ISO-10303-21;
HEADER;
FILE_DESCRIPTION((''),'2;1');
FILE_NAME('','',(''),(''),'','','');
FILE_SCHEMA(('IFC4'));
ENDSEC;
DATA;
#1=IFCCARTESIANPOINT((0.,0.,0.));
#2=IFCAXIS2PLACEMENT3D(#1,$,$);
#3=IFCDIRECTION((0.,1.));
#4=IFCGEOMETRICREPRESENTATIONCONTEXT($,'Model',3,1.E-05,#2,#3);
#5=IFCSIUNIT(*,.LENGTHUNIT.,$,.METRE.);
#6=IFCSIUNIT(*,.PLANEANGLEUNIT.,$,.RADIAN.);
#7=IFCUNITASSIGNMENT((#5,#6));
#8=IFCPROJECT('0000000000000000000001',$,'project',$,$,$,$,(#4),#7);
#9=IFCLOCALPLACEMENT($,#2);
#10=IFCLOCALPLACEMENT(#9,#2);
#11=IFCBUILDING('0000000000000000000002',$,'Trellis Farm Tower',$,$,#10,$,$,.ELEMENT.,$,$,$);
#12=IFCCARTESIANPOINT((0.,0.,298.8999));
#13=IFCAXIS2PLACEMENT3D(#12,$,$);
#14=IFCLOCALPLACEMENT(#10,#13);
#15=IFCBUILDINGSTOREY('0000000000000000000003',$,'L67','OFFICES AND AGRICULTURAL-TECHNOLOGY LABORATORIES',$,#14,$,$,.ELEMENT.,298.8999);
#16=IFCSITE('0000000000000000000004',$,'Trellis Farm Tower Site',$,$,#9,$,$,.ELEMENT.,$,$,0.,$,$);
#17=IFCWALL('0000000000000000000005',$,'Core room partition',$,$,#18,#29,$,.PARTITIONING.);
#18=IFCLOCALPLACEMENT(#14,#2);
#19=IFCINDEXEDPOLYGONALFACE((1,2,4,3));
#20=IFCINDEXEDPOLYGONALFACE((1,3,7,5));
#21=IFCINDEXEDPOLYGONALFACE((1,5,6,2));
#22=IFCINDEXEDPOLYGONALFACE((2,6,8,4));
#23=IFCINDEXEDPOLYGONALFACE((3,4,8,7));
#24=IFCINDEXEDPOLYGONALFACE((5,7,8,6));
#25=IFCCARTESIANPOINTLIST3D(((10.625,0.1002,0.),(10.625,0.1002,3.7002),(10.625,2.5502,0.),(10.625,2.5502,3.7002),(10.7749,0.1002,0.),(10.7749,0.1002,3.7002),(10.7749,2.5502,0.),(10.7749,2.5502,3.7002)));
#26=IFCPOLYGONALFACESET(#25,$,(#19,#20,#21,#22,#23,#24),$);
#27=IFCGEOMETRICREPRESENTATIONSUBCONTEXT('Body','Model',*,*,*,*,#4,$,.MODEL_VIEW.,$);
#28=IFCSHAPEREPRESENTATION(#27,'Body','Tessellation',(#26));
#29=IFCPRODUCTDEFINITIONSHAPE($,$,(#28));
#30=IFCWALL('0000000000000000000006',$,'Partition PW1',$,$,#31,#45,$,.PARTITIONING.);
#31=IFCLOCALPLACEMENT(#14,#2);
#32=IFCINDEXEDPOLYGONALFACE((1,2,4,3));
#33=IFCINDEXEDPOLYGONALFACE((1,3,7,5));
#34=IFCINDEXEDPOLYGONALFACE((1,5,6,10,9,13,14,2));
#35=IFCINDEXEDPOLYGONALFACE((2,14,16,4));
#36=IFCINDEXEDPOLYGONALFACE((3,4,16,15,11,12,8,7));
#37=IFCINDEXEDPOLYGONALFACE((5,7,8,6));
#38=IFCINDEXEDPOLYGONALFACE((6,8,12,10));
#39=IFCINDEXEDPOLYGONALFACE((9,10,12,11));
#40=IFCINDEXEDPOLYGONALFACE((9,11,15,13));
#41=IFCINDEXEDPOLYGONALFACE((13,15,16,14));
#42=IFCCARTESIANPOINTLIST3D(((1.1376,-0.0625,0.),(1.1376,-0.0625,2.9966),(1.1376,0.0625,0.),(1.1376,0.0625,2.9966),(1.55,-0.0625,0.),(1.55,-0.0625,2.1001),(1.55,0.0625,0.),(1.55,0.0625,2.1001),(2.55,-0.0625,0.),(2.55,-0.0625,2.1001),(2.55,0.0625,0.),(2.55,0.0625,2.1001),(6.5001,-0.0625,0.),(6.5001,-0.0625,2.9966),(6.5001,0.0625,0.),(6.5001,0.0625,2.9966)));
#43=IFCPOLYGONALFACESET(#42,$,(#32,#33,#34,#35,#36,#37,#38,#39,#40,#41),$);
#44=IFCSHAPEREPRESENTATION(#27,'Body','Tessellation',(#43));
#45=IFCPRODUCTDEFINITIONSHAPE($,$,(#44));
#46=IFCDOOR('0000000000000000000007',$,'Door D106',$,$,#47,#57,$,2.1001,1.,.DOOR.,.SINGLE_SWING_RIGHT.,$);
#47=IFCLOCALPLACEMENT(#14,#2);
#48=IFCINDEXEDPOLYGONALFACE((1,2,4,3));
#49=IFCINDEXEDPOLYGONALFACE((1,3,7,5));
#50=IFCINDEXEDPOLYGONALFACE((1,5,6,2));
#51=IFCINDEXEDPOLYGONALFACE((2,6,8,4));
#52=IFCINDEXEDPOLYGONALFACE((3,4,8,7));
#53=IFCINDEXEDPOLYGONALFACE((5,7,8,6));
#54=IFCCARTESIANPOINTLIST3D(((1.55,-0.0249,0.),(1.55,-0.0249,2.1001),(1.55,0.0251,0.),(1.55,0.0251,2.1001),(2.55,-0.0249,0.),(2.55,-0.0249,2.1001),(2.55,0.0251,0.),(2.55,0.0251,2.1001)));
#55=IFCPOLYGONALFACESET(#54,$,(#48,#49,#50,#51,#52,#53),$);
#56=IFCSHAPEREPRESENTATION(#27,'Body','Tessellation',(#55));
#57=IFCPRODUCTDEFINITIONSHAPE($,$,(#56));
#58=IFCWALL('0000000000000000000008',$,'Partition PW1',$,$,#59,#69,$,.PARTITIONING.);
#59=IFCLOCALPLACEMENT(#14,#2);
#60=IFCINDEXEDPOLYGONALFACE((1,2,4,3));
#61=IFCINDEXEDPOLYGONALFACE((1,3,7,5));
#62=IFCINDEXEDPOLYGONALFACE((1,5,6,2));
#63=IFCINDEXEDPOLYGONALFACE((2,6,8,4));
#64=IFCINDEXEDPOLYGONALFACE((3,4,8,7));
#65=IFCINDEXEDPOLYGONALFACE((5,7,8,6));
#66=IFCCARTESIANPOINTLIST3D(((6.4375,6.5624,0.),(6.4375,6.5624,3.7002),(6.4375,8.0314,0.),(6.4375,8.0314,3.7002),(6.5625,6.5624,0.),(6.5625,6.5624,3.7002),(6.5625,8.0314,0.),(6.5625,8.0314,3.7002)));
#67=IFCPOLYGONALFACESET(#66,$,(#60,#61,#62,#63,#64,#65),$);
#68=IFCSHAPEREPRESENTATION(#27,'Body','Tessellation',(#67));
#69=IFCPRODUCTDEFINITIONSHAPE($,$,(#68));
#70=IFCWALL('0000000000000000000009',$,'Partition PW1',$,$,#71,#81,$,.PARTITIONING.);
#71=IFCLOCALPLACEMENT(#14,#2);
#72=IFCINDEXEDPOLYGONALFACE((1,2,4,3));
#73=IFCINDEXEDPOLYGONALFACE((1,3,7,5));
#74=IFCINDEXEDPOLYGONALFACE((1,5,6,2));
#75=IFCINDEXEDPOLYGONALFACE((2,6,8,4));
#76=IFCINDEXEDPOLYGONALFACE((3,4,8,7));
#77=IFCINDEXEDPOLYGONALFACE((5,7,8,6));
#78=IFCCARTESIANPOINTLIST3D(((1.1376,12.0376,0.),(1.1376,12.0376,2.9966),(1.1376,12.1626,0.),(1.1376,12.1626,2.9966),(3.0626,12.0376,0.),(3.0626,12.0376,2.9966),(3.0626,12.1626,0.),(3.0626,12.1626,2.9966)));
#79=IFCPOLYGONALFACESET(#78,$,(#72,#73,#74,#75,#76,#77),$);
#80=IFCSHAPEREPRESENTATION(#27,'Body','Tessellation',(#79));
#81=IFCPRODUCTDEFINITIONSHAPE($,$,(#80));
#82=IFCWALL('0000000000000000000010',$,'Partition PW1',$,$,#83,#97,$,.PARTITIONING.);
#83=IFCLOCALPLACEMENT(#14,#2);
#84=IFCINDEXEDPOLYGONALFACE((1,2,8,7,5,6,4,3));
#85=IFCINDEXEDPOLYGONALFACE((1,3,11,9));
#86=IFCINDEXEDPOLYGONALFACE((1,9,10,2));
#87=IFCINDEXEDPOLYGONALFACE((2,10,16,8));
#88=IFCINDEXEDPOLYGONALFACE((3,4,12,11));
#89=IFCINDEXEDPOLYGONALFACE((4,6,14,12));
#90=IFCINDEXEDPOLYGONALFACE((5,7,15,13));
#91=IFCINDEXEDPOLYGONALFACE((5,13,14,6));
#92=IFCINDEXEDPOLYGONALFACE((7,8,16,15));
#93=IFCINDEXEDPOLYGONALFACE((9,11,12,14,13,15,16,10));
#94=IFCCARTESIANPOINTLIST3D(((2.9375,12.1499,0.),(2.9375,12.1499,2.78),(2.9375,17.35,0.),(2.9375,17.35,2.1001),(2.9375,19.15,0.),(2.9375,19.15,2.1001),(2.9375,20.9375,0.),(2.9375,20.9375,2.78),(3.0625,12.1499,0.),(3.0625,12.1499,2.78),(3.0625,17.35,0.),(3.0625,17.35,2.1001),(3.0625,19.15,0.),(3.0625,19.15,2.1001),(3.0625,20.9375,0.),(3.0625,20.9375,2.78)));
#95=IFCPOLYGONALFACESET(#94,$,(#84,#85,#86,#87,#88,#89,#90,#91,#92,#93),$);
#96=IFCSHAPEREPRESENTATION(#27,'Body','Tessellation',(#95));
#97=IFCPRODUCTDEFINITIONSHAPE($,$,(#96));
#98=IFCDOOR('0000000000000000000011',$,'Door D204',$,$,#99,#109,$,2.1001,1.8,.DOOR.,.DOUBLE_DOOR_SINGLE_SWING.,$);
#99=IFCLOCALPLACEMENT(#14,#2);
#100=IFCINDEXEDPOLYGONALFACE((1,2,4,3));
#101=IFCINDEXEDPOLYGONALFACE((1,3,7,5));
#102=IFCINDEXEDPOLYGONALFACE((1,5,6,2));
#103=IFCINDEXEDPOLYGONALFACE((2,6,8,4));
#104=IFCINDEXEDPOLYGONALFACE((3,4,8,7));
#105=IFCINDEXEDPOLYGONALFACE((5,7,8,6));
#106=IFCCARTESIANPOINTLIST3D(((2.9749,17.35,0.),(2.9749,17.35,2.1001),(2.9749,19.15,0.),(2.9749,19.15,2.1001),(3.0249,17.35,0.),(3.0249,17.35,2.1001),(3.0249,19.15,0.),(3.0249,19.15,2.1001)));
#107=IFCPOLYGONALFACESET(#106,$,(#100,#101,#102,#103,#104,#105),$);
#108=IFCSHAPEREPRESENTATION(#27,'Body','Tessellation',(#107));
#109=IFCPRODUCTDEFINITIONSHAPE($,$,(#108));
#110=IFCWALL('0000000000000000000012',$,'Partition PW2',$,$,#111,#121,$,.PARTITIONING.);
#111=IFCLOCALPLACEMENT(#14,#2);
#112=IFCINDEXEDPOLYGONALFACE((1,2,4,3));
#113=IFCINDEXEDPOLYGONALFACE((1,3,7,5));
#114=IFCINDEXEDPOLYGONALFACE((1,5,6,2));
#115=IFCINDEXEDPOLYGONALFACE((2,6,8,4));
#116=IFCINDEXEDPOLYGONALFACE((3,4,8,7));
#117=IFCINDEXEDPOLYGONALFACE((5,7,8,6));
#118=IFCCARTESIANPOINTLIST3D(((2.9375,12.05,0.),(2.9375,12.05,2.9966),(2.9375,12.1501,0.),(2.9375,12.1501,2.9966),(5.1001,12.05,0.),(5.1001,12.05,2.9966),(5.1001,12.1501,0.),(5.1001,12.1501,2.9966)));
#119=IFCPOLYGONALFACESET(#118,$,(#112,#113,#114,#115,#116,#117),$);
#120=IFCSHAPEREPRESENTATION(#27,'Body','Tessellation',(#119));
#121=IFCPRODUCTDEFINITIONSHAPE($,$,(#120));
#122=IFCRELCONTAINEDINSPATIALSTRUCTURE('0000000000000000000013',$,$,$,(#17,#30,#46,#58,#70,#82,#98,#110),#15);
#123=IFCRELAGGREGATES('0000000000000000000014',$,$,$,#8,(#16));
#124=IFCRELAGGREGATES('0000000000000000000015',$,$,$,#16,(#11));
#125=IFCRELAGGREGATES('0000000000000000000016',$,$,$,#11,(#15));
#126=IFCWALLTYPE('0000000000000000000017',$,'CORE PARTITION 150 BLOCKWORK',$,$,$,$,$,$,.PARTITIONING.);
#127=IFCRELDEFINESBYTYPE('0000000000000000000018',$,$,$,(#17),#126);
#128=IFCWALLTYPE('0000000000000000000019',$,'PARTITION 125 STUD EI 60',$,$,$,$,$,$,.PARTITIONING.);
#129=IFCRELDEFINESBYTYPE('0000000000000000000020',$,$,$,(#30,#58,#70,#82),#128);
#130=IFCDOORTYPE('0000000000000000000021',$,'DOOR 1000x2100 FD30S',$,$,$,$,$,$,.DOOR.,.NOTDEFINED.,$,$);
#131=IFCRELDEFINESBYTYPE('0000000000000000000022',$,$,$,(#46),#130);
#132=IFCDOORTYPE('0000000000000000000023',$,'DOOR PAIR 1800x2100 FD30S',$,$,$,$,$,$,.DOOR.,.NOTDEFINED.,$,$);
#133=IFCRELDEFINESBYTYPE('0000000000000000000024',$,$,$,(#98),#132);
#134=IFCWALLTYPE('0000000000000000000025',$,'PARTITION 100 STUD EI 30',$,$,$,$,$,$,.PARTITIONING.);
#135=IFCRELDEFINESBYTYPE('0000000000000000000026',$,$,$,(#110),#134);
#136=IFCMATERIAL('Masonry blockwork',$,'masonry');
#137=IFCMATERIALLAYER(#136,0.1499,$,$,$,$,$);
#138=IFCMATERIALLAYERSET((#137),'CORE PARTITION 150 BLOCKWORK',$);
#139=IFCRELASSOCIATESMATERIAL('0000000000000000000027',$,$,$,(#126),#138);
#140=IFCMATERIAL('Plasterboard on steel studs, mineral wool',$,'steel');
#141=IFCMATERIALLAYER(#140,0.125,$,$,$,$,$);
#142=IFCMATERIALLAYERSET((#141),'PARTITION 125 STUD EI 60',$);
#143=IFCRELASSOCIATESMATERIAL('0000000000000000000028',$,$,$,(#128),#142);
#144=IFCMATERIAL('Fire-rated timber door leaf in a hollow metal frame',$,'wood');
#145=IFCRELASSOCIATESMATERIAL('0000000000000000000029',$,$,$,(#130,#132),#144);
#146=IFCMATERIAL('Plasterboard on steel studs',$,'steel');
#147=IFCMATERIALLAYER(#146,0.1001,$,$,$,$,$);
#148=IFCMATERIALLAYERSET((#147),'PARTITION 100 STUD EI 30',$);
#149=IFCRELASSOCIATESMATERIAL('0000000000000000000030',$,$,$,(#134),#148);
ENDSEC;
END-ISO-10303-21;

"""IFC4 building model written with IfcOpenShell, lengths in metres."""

from ifc_helpers import new_model, si_unit, direction, frame, frame_2d, origin, place, context, subcontext, project, spatial, rectangle, extrude, source, transform, mapped, material, layer, layer_set, type_object, element, fill, save


model = new_model("IFC4")

# Units and contexts
model_context = context("Model", 3, precision=1e-05, world=origin(), true_north=direction((0.0, 1.0)))
body_context = subcontext(model_context, "Body", "Model", "MODEL_VIEW")
ifc_project = project(units=[si_unit("LENGTHUNIT", "METRE"), si_unit("PLANEANGLEUNIT", "RADIAN")], contexts=[model_context])

# Site, building, storey
site_placement = place(None, origin())
site = spatial("IfcSite", under=ifc_project, at=site_placement, Name="Trellis Farm Tower Site", CompositionType="ELEMENT", RefElevation=0.0)
building_placement = place(site_placement, origin())
building = spatial("IfcBuilding", under=site, at=building_placement, Name="Trellis Farm Tower", CompositionType="ELEMENT")
storey_placement = place(building_placement, frame((0.0, 0.0, 298.8999)))
storey = spatial("IfcBuildingStorey", under=building, at=storey_placement, Name="L67", Description="OFFICES AND AGRICULTURAL-TECHNOLOGY LABORATORIES", CompositionType="ELEMENT", Elevation=298.8999)

# Wall
ifc_material_1 = material(Name="Masonry blockwork", Category="masonry")
ifc_layer_1 = layer(ifc_material_1, 0.1499)
ifc_layer_set_1 = layer_set([ifc_layer_1], Name="CORE PARTITION 150 BLOCKWORK")
wall_type_1 = type_object("IfcWallType", Name="CORE PARTITION 150 BLOCKWORK", PredefinedType="PARTITIONING", material=ifc_layer_set_1)
shared_shape_1 = source(origin(), body_context, "Body", "SweptSolid", [
    extrude(rectangle(XDim=2.45, YDim=0.1499, at=frame_2d((1.2251, 0.0))), origin(), (0.0, 0.0, 1.0), 3.7002),
])
for number, where, z_axis, x_axis, name in (
    (1, (10.7, 0.1001, 0.0), (0.0, 0.0, 1.0), (0.0, 1.0, 0.0), "Core room partition"),
):
    element("IfcWall", number, at=place(storey_placement, frame(where, z_axis=z_axis, x_axis=x_axis)), inside=storey, type_object=wall_type_1, Name=name, PredefinedType="PARTITIONING", context=body_context, shape_type="MappedRepresentation", body=[
        mapped(shared_shape_1, transform((0.0, 0.0, 0.0))),
    ])

# Wall, opening, door
ifc_material_2 = material(Name="Plasterboard on steel studs, mineral wool", Category="steel")
ifc_layer_2 = layer(ifc_material_2, 0.125)
ifc_layer_set_2 = layer_set([ifc_layer_2], Name="PARTITION 125 STUD EI 60")
wall_type_2 = type_object("IfcWallType", Name="PARTITION 125 STUD EI 60", PredefinedType="PARTITIONING", material=ifc_layer_set_2)
shared_shape_2 = source(origin(), body_context, "Body", "SweptSolid", [
    extrude(rectangle(XDim=5.3625, YDim=0.125, at=frame_2d((2.6812, 0.0))), origin(), (0.0, 0.0, 1.0), 2.9966),
])
wall_1_placement = place(storey_placement, frame((6.5, 0.0, 0.0), z_axis=(0.0, 0.0, 1.0), x_axis=(-1.0, 0.0, 0.0)))
wall_1 = element("IfcWall", 2, at=wall_1_placement, inside=storey, type_object=wall_type_2, Name="Partition PW1", PredefinedType="PARTITIONING", context=body_context, shape_type="MappedRepresentation", body=[
    mapped(shared_shape_2, transform((0.0, 0.0, 0.0))),
])
shared_shape_3 = source(origin(), body_context, "Body", "SweptSolid", [
    extrude(rectangle(XDim=1.0, YDim=2.1001, at=frame_2d((0.5, 1.05))), frame((0.0, 0.0725, 0.0), z_axis=(0.0, -1.0, 0.0), x_axis=(1.0, 0.0, 0.0)), (0.0, 0.0, 1.0), 0.145),
])
opening_1_placement = place(wall_1_placement, frame((3.95, 0.0, 0.0)))
opening_1 = element("IfcOpeningElement", 3, at=opening_1_placement, cuts=wall_1, PredefinedType="OPENING", context=body_context, shape_type="MappedRepresentation", body=[
    mapped(shared_shape_3, transform((0.0, 0.0, 0.0))),
])
ifc_material_3 = material(Name="Fire-rated timber door leaf in a hollow metal frame", Category="wood")
door_type_1 = type_object("IfcDoorType", Name="DOOR 1000x2100 FD30S", OperationType="NOTDEFINED", PredefinedType="DOOR", material=ifc_material_3)
shared_shape_4 = source(origin(), body_context, "Body", "SweptSolid", [
    extrude(rectangle(XDim=1.0, YDim=2.1001, at=frame_2d((0.5, 1.05))), frame((0.0, 0.0249, 0.0), z_axis=(0.0, -1.0, 0.0), x_axis=(1.0, 0.0, 0.0)), (0.0, 0.0, 1.0), 0.05),
])
door_1_placement = place(opening_1_placement, origin())
door_1 = element("IfcDoor", 4, at=door_1_placement, inside=storey, type_object=door_type_1, Name="Door D106", OperationType="SINGLE_SWING_RIGHT", OverallHeight=2.1001, OverallWidth=1.0, PredefinedType="DOOR", context=body_context, shape_type="MappedRepresentation", body=[
    mapped(shared_shape_4, transform((0.0, 0.0, 0.0))),
])
fill(opening_1, door_1)

# Walls
shared_shape_5 = source(origin(), body_context, "Body", "SweptSolid", [
    extrude(rectangle(XDim=1.469, YDim=0.125, at=frame_2d((0.7344, 0.0))), origin(), (0.0, 0.0, 1.0), 3.7002),
])
wall_2_placement = place(storey_placement, frame((6.5, 6.5625, 0.0), z_axis=(0.0, 0.0, 1.0), x_axis=(0.0, 1.0, 0.0)))
element("IfcWall", 5, at=wall_2_placement, inside=storey, type_object=wall_type_2, Name="Partition PW1", PredefinedType="PARTITIONING", context=body_context, shape_type="MappedRepresentation", body=[
    mapped(shared_shape_5, transform((0.0, 0.0, 0.0))),
])
shared_shape_6 = source(origin(), body_context, "Body", "SweptSolid", [
    extrude(rectangle(XDim=1.925, YDim=0.125, at=frame_2d((0.9624, 0.0))), origin(), (0.0, 0.0, 1.0), 2.9966),
])
wall_3_placement = place(storey_placement, frame((3.0625, 12.1001, 0.0), z_axis=(0.0, 0.0, 1.0), x_axis=(-1.0, 0.0, 0.0)))
element("IfcWall", 6, at=wall_3_placement, inside=storey, type_object=wall_type_2, Name="Partition PW1", PredefinedType="PARTITIONING", context=body_context, shape_type="MappedRepresentation", body=[
    mapped(shared_shape_6, transform((0.0, 0.0, 0.0))),
])

# Wall, opening, door
shared_shape_7 = source(origin(), body_context, "Body", "SweptSolid", [
    extrude(rectangle(XDim=8.7876, YDim=0.125, at=frame_2d((4.3938, 0.0))), origin(), (0.0, 0.0, 1.0), 2.78),
])
wall_4_placement = place(storey_placement, frame((3.0, 20.9375, 0.0), z_axis=(0.0, 0.0, 1.0), x_axis=(0.0, -1.0, 0.0)))
wall_4 = element("IfcWall", 7, at=wall_4_placement, inside=storey, type_object=wall_type_2, Name="Partition PW1", PredefinedType="PARTITIONING", context=body_context, shape_type="MappedRepresentation", body=[
    mapped(shared_shape_7, transform((0.0, 0.0, 0.0))),
])
shared_shape_8 = source(origin(), body_context, "Body", "SweptSolid", [
    extrude(rectangle(XDim=1.8, YDim=2.1001, at=frame_2d((0.8999, 1.05))), frame((0.0, 0.0725, 0.0), z_axis=(0.0, -1.0, 0.0), x_axis=(1.0, 0.0, 0.0)), (0.0, 0.0, 1.0), 0.145),
])
opening_2_placement = place(wall_4_placement, frame((1.7876, 0.0, 0.0)))
opening_2 = element("IfcOpeningElement", 8, at=opening_2_placement, cuts=wall_4, PredefinedType="OPENING", context=body_context, shape_type="MappedRepresentation", body=[
    mapped(shared_shape_8, transform((0.0, 0.0, 0.0))),
])
door_type_2 = type_object("IfcDoorType", Name="DOOR PAIR 1800x2100 FD30S", OperationType="NOTDEFINED", PredefinedType="DOOR", material=ifc_material_3)
shared_shape_9 = source(origin(), body_context, "Body", "SweptSolid", [
    extrude(rectangle(XDim=1.8, YDim=2.1001, at=frame_2d((0.8999, 1.05))), frame((0.0, 0.0249, 0.0), z_axis=(0.0, -1.0, 0.0), x_axis=(1.0, 0.0, 0.0)), (0.0, 0.0, 1.0), 0.05),
])
door_2_placement = place(opening_2_placement, origin())
door_2 = element("IfcDoor", 9, at=door_2_placement, inside=storey, type_object=door_type_2, Name="Door D204", OperationType="DOUBLE_DOOR_SINGLE_SWING", OverallHeight=2.1001, OverallWidth=1.8, PredefinedType="DOOR", context=body_context, shape_type="MappedRepresentation", body=[
    mapped(shared_shape_9, transform((0.0, 0.0, 0.0))),
])
fill(opening_2, door_2)

# Wall
ifc_material_4 = material(Name="Plasterboard on steel studs", Category="steel")
ifc_layer_3 = layer(ifc_material_4, 0.1001)
ifc_layer_set_3 = layer_set([ifc_layer_3], Name="PARTITION 100 STUD EI 30")
wall_type_3 = type_object("IfcWallType", Name="PARTITION 100 STUD EI 30", PredefinedType="PARTITIONING", material=ifc_layer_set_3)
shared_shape_10 = source(origin(), body_context, "Body", "SweptSolid", [
    extrude(rectangle(XDim=2.1626, YDim=0.1001, at=frame_2d((1.0813, 0.0))), origin(), (0.0, 0.0, 1.0), 2.9966),
])
wall_5_placement = place(storey_placement, frame((2.9375, 12.1001, 0.0), z_axis=(0.0, 0.0, 1.0), x_axis=(1.0, 0.0, 0.0)))
element("IfcWall", 10, at=wall_5_placement, inside=storey, type_object=wall_type_3, Name="Partition PW2", PredefinedType="PARTITIONING", context=body_context, shape_type="MappedRepresentation", body=[
    mapped(shared_shape_10, transform((0.0, 0.0, 0.0))),
])

save(model, "model.ifc")
